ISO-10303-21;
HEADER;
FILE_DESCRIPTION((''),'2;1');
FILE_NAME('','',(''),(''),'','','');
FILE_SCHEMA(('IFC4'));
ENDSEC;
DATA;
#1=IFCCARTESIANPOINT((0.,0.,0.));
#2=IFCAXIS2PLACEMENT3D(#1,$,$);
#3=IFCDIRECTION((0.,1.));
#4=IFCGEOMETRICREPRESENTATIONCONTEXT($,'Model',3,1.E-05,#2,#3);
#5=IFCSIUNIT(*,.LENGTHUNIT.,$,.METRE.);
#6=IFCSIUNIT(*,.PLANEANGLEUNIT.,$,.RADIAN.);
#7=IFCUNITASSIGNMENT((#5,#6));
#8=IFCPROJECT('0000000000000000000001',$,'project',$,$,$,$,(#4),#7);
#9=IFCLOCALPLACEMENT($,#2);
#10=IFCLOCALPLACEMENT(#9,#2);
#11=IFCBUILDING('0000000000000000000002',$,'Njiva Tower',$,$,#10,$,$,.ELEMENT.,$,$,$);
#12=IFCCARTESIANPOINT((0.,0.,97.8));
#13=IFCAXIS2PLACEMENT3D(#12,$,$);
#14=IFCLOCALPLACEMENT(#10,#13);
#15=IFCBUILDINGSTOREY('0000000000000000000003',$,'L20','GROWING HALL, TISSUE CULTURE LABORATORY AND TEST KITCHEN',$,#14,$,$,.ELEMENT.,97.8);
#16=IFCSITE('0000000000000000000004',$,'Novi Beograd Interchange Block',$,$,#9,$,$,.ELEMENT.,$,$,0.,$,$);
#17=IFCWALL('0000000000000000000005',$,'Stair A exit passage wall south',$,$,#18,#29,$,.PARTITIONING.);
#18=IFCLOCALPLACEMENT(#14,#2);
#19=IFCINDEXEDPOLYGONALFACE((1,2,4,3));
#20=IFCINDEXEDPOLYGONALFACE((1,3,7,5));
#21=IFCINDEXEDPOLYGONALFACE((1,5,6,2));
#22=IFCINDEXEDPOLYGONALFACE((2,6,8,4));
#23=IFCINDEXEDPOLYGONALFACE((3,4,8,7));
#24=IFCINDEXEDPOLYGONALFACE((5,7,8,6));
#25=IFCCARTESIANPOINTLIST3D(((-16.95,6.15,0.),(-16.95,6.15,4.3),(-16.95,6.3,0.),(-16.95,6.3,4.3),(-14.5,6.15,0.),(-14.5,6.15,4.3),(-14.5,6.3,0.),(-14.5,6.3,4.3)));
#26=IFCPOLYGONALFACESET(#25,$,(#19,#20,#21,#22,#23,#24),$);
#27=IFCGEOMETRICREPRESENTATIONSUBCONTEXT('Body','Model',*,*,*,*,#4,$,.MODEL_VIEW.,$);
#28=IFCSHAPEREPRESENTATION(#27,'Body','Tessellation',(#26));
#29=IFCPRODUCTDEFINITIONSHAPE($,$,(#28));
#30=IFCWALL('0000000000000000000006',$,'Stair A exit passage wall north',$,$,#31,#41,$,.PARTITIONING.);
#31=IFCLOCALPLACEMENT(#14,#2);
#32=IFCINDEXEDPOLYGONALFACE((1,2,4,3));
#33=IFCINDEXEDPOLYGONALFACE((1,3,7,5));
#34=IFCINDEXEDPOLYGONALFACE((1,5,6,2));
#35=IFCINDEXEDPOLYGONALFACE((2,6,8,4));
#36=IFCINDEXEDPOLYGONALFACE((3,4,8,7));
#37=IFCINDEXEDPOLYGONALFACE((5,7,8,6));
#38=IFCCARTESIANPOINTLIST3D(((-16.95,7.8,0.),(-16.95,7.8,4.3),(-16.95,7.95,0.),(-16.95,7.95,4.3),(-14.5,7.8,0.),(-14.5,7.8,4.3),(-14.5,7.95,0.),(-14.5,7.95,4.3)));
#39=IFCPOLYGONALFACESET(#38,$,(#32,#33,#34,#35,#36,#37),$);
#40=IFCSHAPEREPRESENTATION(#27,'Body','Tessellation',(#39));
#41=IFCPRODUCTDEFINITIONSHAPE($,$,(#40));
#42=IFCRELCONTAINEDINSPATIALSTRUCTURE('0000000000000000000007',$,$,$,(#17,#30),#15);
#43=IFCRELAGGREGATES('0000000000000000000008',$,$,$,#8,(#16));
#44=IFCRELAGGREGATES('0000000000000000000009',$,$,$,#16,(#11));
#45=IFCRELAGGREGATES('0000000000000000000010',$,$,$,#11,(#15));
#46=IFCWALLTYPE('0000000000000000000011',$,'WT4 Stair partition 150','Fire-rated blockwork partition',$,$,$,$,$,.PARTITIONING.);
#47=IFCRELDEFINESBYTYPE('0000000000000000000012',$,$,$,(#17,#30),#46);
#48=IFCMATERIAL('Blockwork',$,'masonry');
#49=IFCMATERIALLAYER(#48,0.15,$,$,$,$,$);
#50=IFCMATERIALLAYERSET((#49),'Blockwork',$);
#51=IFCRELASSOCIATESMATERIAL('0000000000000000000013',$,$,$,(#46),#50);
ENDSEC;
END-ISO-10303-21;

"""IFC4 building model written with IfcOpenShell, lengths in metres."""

from ifc_helpers import new_model, si_unit, direction, frame, frame_2d, origin, place, context, subcontext, project, spatial, rectangle, extrude, material, layer, layer_set, type_object, element, save


model = new_model("IFC4")

# Units and contexts
model_context = context("Model", 3, precision=1e-05, world=origin(), true_north=direction((0.0, 1.0)))
body_context = subcontext(model_context, "Body", "Model", "MODEL_VIEW")
ifc_project = project(units=[si_unit("LENGTHUNIT", "METRE"), si_unit("PLANEANGLEUNIT", "RADIAN")], contexts=[model_context])

# Site, building, storey
site_placement = place(None, origin())
site = spatial("IfcSite", under=ifc_project, at=site_placement, Name="Novi Beograd Interchange Block", CompositionType="ELEMENT", RefElevation=0.0)
building_placement = place(site_placement, origin())
building = spatial("IfcBuilding", under=site, at=building_placement, Name="Njiva Tower", CompositionType="ELEMENT")
storey_placement = place(building_placement, frame((0.0, 0.0, 97.8)))
storey = spatial("IfcBuildingStorey", under=building, at=storey_placement, Name="L20", Description="GROWING HALL, TISSUE CULTURE LABORATORY AND TEST KITCHEN", CompositionType="ELEMENT", Elevation=97.8)

# Walls
ifc_material_1 = material(Name="Blockwork", Category="masonry")
ifc_layer_1 = layer(ifc_material_1, 0.15)
ifc_layer_set_1 = layer_set([ifc_layer_1], Name="Blockwork")
wall_type_1 = type_object("IfcWallType", Name="WT4 Stair partition 150", Description="Fire-rated blockwork partition", PredefinedType="PARTITIONING", material=ifc_layer_set_1)
for number, where, z_axis, x_axis, name in (
    (1, (-16.95, 6.225, 0.0), (0.0, 0.0, 1.0), (1.0, 0.0, 0.0), "Stair A exit passage wall south"),
    (2, (-16.95, 7.875, 0.0), (0.0, 0.0, 1.0), (1.0, 0.0, 0.0), "Stair A exit passage wall north"),
):
    element("IfcWall", number, at=place(storey_placement, frame(where, z_axis=z_axis, x_axis=x_axis)), inside=storey, type_object=wall_type_1, Name=name, PredefinedType="PARTITIONING", context=body_context, shape_type="SweptSolid", body=[
        extrude(rectangle(XDim=2.45, YDim=0.15, at=frame_2d((1.225, 0.0))), origin(), (0.0, 0.0, 1.0), 4.3),
    ])

save(model, "model.ifc")
